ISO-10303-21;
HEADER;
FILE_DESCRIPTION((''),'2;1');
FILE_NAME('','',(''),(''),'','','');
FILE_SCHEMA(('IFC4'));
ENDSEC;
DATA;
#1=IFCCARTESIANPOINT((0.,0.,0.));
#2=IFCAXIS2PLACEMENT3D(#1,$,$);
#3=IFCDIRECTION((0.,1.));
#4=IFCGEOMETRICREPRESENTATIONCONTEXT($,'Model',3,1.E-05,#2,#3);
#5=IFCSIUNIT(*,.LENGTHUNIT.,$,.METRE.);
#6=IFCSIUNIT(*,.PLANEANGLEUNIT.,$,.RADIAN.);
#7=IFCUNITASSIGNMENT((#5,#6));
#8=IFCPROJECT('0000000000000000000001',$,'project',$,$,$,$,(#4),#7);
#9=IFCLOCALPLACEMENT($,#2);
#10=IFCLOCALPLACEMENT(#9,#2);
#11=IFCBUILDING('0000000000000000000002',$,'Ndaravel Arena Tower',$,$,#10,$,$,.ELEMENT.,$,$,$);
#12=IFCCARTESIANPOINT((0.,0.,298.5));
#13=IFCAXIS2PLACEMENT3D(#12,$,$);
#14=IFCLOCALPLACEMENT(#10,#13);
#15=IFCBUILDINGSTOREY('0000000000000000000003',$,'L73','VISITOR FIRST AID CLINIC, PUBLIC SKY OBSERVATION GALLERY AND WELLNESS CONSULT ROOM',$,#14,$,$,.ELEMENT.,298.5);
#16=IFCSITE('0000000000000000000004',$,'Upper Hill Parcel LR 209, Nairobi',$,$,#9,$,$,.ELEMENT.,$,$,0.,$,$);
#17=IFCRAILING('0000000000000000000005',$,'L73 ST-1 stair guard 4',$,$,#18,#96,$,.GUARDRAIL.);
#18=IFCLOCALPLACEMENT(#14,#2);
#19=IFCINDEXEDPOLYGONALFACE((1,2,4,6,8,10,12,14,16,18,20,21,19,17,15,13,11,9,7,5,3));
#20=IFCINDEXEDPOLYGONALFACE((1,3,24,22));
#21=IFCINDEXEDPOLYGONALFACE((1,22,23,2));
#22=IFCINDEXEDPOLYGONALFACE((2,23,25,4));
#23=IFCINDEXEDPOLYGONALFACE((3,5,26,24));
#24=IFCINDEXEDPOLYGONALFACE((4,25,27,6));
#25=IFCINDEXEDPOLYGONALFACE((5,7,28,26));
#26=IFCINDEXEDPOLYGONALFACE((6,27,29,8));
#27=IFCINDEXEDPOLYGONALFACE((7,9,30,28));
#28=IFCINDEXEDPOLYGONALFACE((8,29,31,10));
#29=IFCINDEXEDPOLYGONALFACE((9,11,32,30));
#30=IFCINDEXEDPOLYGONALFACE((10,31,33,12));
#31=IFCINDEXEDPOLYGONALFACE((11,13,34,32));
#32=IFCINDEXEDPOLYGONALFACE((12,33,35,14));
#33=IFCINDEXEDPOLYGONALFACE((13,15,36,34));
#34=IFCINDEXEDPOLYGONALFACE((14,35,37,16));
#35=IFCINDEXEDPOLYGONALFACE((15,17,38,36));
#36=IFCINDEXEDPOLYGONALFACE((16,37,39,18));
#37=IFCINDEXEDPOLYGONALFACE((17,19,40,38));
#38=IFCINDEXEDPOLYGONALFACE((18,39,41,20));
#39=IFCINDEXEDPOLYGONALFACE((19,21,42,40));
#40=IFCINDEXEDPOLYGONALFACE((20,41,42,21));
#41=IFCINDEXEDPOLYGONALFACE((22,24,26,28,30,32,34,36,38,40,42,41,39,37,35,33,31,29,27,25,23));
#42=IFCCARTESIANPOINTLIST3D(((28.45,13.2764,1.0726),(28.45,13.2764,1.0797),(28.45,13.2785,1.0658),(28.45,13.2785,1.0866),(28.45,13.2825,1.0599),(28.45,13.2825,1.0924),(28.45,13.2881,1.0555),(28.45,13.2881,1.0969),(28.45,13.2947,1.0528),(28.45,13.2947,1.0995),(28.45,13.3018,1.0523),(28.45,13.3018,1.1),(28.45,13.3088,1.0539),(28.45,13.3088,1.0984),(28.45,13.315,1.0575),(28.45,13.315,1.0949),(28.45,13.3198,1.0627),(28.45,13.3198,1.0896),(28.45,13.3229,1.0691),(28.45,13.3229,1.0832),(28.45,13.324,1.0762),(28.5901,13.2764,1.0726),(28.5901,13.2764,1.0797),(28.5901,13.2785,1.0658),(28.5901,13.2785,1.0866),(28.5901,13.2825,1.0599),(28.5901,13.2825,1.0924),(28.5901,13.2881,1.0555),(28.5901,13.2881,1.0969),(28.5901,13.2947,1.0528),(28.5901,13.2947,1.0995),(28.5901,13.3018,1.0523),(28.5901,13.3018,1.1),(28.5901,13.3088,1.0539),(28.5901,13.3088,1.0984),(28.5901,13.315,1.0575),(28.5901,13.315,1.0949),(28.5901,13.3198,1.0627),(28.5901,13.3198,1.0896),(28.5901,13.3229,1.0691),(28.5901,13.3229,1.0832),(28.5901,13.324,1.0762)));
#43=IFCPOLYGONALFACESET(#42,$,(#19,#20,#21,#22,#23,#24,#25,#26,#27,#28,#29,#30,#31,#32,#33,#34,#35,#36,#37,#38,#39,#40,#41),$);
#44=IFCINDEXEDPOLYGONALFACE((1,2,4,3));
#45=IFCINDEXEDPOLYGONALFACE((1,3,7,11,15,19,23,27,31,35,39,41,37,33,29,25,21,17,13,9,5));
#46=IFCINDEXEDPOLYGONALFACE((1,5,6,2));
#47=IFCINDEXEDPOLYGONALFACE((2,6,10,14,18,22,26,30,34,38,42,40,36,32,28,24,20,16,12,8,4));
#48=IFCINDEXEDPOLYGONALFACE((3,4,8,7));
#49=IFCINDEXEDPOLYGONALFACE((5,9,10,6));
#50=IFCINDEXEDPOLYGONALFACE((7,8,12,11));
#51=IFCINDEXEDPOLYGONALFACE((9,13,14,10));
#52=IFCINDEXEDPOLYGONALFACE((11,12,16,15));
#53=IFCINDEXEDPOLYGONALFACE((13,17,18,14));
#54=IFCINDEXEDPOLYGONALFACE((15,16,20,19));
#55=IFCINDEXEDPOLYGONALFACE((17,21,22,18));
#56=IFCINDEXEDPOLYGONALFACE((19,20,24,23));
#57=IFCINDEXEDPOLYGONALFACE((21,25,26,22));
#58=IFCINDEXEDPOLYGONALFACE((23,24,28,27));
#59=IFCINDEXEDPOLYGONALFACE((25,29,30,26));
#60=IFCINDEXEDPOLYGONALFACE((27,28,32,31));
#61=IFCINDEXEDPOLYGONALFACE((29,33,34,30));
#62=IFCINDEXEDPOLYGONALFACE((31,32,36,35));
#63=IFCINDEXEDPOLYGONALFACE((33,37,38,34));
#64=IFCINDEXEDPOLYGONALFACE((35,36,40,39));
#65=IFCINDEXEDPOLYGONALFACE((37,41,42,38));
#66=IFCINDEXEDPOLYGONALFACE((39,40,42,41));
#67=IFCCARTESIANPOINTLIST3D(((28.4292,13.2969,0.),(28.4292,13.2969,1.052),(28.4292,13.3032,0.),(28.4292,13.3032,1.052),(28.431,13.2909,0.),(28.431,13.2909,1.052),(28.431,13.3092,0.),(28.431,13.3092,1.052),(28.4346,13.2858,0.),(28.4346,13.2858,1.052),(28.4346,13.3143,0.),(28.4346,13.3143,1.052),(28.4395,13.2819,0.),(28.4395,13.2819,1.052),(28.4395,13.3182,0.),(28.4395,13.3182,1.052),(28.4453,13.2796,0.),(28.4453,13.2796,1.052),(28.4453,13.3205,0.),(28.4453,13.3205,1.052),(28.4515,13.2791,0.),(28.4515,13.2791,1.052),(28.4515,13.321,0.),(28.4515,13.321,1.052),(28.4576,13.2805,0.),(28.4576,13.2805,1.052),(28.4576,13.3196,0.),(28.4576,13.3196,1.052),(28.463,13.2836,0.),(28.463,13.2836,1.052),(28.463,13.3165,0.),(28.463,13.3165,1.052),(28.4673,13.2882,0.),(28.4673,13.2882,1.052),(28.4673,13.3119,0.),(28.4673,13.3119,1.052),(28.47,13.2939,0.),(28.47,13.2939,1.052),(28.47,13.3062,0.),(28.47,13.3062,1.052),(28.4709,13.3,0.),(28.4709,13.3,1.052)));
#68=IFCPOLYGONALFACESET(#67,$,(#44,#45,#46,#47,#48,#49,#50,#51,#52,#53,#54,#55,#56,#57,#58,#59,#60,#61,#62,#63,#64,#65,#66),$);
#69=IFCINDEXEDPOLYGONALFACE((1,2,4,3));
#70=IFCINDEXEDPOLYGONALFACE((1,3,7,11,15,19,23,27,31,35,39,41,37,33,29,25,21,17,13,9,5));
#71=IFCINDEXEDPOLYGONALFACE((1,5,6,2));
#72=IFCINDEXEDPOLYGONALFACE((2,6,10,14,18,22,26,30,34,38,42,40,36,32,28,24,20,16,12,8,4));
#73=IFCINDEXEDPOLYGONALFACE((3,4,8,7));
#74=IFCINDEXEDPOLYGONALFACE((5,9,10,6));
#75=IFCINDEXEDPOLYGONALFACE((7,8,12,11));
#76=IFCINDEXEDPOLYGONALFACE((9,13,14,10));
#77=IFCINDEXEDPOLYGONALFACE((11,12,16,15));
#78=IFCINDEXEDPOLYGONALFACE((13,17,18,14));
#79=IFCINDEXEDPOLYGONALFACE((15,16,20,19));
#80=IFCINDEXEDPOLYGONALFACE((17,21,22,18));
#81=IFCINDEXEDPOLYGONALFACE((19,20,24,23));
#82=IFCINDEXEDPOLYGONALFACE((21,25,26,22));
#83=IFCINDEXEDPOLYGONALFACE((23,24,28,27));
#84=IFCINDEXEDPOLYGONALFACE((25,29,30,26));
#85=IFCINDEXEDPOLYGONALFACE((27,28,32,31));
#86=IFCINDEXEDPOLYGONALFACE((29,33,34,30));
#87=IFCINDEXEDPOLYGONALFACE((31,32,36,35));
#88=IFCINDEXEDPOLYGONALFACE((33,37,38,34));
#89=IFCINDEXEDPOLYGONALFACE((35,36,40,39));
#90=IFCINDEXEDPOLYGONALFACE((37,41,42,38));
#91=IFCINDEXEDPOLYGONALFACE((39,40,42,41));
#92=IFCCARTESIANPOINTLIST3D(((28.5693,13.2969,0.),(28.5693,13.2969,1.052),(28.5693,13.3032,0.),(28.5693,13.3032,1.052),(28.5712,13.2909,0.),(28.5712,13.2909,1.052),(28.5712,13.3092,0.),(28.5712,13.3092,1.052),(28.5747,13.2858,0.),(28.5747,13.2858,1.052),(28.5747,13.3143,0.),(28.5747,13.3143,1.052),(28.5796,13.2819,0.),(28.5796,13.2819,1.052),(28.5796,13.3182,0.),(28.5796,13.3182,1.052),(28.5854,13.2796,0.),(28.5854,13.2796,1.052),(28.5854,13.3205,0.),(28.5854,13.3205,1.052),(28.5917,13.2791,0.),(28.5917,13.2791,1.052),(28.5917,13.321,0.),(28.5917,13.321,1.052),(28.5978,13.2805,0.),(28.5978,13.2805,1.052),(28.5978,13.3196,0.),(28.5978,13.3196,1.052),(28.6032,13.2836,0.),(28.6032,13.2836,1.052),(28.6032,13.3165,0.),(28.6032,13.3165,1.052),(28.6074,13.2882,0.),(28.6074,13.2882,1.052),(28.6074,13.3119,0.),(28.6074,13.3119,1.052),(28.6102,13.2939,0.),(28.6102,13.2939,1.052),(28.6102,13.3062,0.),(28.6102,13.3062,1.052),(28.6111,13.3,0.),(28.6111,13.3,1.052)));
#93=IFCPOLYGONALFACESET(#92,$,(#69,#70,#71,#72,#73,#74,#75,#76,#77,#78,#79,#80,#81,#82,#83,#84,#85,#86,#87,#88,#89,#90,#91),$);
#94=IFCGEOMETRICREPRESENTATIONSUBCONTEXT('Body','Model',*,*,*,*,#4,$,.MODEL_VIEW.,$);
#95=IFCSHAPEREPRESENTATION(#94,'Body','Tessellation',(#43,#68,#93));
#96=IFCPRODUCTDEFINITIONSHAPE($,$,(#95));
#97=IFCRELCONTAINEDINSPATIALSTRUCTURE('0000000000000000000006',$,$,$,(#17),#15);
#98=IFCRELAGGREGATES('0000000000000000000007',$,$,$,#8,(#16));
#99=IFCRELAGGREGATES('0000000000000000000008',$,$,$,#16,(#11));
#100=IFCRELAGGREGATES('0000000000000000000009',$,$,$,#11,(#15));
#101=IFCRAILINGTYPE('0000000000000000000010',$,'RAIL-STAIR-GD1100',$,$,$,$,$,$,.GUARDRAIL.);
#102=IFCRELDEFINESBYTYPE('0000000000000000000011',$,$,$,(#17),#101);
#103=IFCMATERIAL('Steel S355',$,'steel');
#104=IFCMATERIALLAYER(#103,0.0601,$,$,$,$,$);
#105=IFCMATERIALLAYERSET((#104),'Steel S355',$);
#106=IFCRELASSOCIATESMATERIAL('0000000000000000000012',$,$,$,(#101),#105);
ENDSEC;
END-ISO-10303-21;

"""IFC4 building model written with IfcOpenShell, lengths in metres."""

from ifc_helpers import new_model, si_unit, direction, frame, origin, origin_2d, place, context, subcontext, project, spatial, circle, extrude, material, layer, layer_set, type_object, element, save


model = new_model("IFC4")

# Units and contexts
model_context = context("Model", 3, precision=1e-05, world=origin(), true_north=direction((0.0, 1.0)))
body_context = subcontext(model_context, "Body", "Model", "MODEL_VIEW")
ifc_project = project(units=[si_unit("LENGTHUNIT", "METRE"), si_unit("PLANEANGLEUNIT", "RADIAN")], contexts=[model_context])

# Site, building, storey
site_placement = place(None, origin())
site = spatial("IfcSite", under=ifc_project, at=site_placement, Name="Upper Hill Parcel LR 209, Nairobi", CompositionType="ELEMENT", RefElevation=0.0)
building_placement = place(site_placement, origin())
building = spatial("IfcBuilding", under=site, at=building_placement, Name="Ndaravel Arena Tower", CompositionType="ELEMENT")
storey_placement = place(building_placement, frame((0.0, 0.0, 298.5)))
storey = spatial("IfcBuildingStorey", under=building, at=storey_placement, Name="L73", Description="VISITOR FIRST AID CLINIC, PUBLIC SKY OBSERVATION GALLERY AND WELLNESS CONSULT ROOM", CompositionType="ELEMENT", Elevation=298.5)

# Railing
ifc_material_1 = material(Name="Steel S355", Category="steel")
ifc_layer_1 = layer(ifc_material_1, 0.0601)
ifc_layer_set_1 = layer_set([ifc_layer_1], Name="Steel S355")
railing_type_1 = type_object("IfcRailingType", Name="RAIL-STAIR-GD1100", PredefinedType="GUARDRAIL", material=ifc_layer_set_1)
railing_1_placement = place(storey_placement, frame((28.45, 13.3, 0.0)))
element("IfcRailing", 1, at=railing_1_placement, inside=storey, type_object=railing_type_1, Name="L73 ST-1 stair guard 4", PredefinedType="GUARDRAIL", context=body_context, shape_type="SweptSolid", body=[
    extrude(circle(Radius=0.0239, at=origin_2d()), frame((0.0, 0.0, 1.0762), z_axis=(1.0, 0.0, 0.0), x_axis=(0.0, 1.0, 0.0)), (0.0, 0.0, 1.0), 0.1401),
    extrude(circle(Radius=0.021, at=origin_2d()), origin(), (0.0, 0.0, 1.0), 1.052),
    extrude(circle(Radius=0.021, at=origin_2d()), frame((0.1401, 0.0, 0.0)), (0.0, 0.0, 1.0), 1.052),
])

save(model, "model.ifc")
